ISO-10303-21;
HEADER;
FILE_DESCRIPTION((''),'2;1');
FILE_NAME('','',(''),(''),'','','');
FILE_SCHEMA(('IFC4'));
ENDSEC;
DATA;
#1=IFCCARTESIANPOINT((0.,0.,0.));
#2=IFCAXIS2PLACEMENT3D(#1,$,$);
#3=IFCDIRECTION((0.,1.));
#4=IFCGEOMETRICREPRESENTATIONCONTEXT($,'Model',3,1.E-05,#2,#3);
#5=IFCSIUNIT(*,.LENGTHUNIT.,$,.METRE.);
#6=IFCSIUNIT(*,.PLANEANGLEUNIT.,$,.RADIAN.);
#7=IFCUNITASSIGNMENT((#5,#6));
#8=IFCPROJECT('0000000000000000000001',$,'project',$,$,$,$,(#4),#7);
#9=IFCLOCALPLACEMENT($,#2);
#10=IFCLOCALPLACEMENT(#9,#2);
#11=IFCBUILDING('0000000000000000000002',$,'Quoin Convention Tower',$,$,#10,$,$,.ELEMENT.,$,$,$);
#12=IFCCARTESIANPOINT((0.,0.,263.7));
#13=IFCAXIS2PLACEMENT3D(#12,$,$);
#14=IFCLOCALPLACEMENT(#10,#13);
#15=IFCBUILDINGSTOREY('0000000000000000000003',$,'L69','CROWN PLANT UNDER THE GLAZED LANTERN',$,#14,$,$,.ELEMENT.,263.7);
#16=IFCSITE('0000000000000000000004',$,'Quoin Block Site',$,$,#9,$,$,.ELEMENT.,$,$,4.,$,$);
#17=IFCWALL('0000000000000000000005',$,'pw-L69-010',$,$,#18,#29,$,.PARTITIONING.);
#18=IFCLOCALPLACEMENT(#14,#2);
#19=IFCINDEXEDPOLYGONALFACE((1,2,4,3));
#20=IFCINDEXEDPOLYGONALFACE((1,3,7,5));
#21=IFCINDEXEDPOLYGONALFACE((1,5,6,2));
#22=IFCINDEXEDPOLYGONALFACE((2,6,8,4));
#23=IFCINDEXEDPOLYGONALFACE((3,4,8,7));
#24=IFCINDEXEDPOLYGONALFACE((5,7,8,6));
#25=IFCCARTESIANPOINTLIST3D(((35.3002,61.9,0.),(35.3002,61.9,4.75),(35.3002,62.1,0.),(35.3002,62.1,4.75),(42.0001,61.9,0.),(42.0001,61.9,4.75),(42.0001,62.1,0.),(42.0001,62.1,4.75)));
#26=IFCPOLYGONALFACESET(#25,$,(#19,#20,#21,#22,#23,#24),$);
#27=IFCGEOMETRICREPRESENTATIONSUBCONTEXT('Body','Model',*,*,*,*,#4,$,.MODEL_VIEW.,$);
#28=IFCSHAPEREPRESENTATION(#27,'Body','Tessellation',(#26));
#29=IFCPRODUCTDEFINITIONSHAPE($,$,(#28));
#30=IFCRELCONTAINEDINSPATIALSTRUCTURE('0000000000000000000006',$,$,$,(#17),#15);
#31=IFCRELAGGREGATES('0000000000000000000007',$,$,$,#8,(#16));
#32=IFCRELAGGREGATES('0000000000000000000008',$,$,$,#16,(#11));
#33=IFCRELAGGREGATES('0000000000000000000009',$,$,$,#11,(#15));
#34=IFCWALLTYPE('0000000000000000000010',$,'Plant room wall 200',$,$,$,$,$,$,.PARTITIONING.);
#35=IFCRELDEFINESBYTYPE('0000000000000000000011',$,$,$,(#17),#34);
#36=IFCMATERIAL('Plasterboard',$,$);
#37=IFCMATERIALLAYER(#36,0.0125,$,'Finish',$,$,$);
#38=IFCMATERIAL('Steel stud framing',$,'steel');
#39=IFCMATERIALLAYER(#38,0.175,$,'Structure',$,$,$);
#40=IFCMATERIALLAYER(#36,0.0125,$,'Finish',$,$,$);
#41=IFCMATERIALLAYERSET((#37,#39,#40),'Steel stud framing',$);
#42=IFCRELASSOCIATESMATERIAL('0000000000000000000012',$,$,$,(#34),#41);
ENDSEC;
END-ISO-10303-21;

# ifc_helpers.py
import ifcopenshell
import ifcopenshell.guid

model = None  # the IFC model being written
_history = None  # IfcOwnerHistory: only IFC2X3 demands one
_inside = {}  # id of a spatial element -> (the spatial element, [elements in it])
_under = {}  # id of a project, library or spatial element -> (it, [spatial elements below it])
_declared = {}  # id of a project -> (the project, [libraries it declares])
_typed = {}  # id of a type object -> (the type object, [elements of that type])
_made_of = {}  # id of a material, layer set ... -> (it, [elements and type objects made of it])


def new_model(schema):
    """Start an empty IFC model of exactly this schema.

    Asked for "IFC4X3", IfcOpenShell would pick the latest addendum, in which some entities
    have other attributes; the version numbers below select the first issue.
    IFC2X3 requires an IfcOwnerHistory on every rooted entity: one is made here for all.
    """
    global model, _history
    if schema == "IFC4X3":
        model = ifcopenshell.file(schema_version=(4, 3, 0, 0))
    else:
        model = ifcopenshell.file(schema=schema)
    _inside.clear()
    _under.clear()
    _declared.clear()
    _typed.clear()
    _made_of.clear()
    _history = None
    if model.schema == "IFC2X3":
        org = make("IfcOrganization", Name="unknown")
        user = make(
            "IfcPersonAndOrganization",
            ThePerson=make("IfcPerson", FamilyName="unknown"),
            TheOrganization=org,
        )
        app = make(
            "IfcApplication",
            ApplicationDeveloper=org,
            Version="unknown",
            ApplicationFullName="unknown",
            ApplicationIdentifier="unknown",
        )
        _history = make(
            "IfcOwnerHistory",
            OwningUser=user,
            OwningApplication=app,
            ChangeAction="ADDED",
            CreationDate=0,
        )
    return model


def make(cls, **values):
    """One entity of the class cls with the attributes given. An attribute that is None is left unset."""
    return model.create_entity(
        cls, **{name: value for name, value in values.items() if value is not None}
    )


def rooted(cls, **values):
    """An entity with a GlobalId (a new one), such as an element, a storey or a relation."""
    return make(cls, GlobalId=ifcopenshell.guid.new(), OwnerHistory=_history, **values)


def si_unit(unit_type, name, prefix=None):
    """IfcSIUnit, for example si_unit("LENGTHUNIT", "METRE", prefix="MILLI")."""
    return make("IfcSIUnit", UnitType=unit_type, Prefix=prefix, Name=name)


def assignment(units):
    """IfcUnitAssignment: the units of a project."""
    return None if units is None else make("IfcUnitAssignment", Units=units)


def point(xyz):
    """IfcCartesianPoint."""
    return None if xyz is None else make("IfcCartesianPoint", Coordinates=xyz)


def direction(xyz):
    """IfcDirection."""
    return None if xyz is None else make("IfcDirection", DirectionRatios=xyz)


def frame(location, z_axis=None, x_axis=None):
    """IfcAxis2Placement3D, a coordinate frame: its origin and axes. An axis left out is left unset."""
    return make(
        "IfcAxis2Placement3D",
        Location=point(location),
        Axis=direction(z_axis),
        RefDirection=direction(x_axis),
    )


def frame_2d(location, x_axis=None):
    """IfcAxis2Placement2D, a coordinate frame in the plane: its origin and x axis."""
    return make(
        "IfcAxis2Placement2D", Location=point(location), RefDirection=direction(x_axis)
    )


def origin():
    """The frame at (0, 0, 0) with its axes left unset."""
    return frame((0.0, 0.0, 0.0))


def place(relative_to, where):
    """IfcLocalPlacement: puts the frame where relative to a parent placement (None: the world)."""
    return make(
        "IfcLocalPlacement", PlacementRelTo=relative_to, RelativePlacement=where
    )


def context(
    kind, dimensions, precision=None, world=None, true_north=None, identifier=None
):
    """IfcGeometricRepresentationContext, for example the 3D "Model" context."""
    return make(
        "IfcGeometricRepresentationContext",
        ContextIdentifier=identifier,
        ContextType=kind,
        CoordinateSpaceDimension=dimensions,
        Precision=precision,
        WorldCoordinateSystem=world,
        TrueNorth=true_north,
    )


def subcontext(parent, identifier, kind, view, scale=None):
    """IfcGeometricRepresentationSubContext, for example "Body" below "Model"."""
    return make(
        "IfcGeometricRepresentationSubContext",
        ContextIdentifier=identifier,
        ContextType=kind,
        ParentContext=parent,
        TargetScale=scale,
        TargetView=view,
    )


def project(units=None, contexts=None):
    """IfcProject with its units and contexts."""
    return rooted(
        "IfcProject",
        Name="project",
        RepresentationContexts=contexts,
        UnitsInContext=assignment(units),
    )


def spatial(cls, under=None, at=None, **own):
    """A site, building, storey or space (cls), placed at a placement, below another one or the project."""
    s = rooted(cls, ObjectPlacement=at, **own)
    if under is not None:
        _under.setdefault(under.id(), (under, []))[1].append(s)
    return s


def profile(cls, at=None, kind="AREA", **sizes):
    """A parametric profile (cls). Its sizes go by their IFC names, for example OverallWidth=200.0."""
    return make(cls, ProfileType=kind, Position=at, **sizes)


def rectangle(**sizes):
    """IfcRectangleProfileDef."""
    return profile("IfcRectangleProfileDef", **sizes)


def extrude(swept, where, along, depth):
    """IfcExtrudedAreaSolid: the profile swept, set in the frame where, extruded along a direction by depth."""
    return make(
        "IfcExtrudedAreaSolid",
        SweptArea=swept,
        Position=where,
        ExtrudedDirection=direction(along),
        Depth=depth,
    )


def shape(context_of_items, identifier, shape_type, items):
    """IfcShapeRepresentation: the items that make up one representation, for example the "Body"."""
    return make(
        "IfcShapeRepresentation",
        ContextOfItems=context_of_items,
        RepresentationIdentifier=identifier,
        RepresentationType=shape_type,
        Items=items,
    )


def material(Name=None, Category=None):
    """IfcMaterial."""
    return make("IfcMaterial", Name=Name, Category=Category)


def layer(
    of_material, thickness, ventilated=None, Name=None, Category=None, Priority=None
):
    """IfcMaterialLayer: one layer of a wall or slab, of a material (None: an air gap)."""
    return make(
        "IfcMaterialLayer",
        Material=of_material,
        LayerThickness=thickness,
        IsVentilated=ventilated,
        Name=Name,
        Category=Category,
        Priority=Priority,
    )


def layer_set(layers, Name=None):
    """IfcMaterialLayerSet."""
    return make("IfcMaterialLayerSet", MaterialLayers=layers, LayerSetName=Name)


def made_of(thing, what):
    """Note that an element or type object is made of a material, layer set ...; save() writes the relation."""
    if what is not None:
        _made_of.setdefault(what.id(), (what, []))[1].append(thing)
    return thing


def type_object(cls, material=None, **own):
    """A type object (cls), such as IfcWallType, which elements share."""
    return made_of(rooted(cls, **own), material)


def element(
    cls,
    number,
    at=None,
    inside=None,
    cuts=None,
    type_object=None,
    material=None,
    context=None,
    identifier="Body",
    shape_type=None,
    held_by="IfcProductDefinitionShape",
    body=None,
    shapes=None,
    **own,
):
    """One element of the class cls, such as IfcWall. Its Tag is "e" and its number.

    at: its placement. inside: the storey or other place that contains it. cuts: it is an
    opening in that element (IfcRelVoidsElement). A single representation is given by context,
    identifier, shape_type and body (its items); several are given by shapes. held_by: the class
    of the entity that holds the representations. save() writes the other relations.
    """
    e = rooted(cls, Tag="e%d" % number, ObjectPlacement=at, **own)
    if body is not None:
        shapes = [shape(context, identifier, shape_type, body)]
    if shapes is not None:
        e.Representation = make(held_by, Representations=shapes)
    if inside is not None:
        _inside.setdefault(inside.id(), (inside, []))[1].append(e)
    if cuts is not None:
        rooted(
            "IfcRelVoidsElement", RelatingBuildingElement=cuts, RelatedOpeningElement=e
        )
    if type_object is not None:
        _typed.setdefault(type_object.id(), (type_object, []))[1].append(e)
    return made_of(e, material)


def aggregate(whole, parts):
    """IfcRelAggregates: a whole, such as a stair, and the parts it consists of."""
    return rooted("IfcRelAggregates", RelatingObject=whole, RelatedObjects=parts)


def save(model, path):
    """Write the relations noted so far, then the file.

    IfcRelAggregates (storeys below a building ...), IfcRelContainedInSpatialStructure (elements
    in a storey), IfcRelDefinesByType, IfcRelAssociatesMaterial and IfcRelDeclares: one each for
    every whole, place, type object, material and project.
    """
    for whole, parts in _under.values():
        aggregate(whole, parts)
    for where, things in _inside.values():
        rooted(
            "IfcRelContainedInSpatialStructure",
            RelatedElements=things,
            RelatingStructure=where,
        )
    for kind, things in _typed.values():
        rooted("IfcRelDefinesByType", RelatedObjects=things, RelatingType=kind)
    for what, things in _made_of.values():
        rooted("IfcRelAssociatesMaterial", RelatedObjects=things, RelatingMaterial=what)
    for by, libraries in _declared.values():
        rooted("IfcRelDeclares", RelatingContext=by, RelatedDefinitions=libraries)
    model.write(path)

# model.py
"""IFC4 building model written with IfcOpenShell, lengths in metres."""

from ifc_helpers import new_model, si_unit, direction, frame, frame_2d, origin, place, context, subcontext, project, spatial, rectangle, extrude, material, layer, layer_set, type_object, element, save


model = new_model("IFC4")

# Units and contexts
model_context = context("Model", 3, precision=1e-05, world=origin(), true_north=direction((0.0, 1.0)))
body_context = subcontext(model_context, "Body", "Model", "MODEL_VIEW")
ifc_project = project(units=[si_unit("LENGTHUNIT", "METRE"), si_unit("PLANEANGLEUNIT", "RADIAN")], contexts=[model_context])

# Site, building, storey
site_placement = place(None, origin())
site = spatial("IfcSite", under=ifc_project, at=site_placement, Name="Quoin Block Site", CompositionType="ELEMENT", RefElevation=4.0)
building_placement = place(site_placement, origin())
building = spatial("IfcBuilding", under=site, at=building_placement, Name="Quoin Convention Tower", CompositionType="ELEMENT")
storey_placement = place(building_placement, frame((0.0, 0.0, 263.7)))
storey = spatial("IfcBuildingStorey", under=building, at=storey_placement, Name="L69", Description="CROWN PLANT UNDER THE GLAZED LANTERN", CompositionType="ELEMENT", Elevation=263.7)

# Wall
ifc_material_1 = material(Name="Plasterboard")
ifc_layer_1 = layer(ifc_material_1, 0.0125, Name="Finish")
ifc_material_2 = material(Name="Steel stud framing", Category="steel")
ifc_layer_2 = layer(ifc_material_2, 0.175, Name="Structure")
ifc_layer_3 = layer(ifc_material_1, 0.0125, Name="Finish")
ifc_layer_set_1 = layer_set([ifc_layer_1, ifc_layer_2, ifc_layer_3], Name="Steel stud framing")
wall_type = type_object("IfcWallType", Name="Plant room wall 200", PredefinedType="PARTITIONING", material=ifc_layer_set_1)
wall_placement = place(storey_placement, frame((35.3, 62.0, 0.0), z_axis=(0.0, 0.0, 1.0), x_axis=(1.0, 0.0, 0.0)))
element("IfcWall", 1, at=wall_placement, inside=storey, type_object=wall_type, Name="pw-L69-010", PredefinedType="PARTITIONING", context=body_context, shape_type="SweptSolid", body=[
    extrude(rectangle(XDim=6.7, YDim=0.2, at=frame_2d((3.3501, 0.0))), origin(), (0.0, 0.0, 1.0), 4.75),
])

save(model, "model.ifc")
